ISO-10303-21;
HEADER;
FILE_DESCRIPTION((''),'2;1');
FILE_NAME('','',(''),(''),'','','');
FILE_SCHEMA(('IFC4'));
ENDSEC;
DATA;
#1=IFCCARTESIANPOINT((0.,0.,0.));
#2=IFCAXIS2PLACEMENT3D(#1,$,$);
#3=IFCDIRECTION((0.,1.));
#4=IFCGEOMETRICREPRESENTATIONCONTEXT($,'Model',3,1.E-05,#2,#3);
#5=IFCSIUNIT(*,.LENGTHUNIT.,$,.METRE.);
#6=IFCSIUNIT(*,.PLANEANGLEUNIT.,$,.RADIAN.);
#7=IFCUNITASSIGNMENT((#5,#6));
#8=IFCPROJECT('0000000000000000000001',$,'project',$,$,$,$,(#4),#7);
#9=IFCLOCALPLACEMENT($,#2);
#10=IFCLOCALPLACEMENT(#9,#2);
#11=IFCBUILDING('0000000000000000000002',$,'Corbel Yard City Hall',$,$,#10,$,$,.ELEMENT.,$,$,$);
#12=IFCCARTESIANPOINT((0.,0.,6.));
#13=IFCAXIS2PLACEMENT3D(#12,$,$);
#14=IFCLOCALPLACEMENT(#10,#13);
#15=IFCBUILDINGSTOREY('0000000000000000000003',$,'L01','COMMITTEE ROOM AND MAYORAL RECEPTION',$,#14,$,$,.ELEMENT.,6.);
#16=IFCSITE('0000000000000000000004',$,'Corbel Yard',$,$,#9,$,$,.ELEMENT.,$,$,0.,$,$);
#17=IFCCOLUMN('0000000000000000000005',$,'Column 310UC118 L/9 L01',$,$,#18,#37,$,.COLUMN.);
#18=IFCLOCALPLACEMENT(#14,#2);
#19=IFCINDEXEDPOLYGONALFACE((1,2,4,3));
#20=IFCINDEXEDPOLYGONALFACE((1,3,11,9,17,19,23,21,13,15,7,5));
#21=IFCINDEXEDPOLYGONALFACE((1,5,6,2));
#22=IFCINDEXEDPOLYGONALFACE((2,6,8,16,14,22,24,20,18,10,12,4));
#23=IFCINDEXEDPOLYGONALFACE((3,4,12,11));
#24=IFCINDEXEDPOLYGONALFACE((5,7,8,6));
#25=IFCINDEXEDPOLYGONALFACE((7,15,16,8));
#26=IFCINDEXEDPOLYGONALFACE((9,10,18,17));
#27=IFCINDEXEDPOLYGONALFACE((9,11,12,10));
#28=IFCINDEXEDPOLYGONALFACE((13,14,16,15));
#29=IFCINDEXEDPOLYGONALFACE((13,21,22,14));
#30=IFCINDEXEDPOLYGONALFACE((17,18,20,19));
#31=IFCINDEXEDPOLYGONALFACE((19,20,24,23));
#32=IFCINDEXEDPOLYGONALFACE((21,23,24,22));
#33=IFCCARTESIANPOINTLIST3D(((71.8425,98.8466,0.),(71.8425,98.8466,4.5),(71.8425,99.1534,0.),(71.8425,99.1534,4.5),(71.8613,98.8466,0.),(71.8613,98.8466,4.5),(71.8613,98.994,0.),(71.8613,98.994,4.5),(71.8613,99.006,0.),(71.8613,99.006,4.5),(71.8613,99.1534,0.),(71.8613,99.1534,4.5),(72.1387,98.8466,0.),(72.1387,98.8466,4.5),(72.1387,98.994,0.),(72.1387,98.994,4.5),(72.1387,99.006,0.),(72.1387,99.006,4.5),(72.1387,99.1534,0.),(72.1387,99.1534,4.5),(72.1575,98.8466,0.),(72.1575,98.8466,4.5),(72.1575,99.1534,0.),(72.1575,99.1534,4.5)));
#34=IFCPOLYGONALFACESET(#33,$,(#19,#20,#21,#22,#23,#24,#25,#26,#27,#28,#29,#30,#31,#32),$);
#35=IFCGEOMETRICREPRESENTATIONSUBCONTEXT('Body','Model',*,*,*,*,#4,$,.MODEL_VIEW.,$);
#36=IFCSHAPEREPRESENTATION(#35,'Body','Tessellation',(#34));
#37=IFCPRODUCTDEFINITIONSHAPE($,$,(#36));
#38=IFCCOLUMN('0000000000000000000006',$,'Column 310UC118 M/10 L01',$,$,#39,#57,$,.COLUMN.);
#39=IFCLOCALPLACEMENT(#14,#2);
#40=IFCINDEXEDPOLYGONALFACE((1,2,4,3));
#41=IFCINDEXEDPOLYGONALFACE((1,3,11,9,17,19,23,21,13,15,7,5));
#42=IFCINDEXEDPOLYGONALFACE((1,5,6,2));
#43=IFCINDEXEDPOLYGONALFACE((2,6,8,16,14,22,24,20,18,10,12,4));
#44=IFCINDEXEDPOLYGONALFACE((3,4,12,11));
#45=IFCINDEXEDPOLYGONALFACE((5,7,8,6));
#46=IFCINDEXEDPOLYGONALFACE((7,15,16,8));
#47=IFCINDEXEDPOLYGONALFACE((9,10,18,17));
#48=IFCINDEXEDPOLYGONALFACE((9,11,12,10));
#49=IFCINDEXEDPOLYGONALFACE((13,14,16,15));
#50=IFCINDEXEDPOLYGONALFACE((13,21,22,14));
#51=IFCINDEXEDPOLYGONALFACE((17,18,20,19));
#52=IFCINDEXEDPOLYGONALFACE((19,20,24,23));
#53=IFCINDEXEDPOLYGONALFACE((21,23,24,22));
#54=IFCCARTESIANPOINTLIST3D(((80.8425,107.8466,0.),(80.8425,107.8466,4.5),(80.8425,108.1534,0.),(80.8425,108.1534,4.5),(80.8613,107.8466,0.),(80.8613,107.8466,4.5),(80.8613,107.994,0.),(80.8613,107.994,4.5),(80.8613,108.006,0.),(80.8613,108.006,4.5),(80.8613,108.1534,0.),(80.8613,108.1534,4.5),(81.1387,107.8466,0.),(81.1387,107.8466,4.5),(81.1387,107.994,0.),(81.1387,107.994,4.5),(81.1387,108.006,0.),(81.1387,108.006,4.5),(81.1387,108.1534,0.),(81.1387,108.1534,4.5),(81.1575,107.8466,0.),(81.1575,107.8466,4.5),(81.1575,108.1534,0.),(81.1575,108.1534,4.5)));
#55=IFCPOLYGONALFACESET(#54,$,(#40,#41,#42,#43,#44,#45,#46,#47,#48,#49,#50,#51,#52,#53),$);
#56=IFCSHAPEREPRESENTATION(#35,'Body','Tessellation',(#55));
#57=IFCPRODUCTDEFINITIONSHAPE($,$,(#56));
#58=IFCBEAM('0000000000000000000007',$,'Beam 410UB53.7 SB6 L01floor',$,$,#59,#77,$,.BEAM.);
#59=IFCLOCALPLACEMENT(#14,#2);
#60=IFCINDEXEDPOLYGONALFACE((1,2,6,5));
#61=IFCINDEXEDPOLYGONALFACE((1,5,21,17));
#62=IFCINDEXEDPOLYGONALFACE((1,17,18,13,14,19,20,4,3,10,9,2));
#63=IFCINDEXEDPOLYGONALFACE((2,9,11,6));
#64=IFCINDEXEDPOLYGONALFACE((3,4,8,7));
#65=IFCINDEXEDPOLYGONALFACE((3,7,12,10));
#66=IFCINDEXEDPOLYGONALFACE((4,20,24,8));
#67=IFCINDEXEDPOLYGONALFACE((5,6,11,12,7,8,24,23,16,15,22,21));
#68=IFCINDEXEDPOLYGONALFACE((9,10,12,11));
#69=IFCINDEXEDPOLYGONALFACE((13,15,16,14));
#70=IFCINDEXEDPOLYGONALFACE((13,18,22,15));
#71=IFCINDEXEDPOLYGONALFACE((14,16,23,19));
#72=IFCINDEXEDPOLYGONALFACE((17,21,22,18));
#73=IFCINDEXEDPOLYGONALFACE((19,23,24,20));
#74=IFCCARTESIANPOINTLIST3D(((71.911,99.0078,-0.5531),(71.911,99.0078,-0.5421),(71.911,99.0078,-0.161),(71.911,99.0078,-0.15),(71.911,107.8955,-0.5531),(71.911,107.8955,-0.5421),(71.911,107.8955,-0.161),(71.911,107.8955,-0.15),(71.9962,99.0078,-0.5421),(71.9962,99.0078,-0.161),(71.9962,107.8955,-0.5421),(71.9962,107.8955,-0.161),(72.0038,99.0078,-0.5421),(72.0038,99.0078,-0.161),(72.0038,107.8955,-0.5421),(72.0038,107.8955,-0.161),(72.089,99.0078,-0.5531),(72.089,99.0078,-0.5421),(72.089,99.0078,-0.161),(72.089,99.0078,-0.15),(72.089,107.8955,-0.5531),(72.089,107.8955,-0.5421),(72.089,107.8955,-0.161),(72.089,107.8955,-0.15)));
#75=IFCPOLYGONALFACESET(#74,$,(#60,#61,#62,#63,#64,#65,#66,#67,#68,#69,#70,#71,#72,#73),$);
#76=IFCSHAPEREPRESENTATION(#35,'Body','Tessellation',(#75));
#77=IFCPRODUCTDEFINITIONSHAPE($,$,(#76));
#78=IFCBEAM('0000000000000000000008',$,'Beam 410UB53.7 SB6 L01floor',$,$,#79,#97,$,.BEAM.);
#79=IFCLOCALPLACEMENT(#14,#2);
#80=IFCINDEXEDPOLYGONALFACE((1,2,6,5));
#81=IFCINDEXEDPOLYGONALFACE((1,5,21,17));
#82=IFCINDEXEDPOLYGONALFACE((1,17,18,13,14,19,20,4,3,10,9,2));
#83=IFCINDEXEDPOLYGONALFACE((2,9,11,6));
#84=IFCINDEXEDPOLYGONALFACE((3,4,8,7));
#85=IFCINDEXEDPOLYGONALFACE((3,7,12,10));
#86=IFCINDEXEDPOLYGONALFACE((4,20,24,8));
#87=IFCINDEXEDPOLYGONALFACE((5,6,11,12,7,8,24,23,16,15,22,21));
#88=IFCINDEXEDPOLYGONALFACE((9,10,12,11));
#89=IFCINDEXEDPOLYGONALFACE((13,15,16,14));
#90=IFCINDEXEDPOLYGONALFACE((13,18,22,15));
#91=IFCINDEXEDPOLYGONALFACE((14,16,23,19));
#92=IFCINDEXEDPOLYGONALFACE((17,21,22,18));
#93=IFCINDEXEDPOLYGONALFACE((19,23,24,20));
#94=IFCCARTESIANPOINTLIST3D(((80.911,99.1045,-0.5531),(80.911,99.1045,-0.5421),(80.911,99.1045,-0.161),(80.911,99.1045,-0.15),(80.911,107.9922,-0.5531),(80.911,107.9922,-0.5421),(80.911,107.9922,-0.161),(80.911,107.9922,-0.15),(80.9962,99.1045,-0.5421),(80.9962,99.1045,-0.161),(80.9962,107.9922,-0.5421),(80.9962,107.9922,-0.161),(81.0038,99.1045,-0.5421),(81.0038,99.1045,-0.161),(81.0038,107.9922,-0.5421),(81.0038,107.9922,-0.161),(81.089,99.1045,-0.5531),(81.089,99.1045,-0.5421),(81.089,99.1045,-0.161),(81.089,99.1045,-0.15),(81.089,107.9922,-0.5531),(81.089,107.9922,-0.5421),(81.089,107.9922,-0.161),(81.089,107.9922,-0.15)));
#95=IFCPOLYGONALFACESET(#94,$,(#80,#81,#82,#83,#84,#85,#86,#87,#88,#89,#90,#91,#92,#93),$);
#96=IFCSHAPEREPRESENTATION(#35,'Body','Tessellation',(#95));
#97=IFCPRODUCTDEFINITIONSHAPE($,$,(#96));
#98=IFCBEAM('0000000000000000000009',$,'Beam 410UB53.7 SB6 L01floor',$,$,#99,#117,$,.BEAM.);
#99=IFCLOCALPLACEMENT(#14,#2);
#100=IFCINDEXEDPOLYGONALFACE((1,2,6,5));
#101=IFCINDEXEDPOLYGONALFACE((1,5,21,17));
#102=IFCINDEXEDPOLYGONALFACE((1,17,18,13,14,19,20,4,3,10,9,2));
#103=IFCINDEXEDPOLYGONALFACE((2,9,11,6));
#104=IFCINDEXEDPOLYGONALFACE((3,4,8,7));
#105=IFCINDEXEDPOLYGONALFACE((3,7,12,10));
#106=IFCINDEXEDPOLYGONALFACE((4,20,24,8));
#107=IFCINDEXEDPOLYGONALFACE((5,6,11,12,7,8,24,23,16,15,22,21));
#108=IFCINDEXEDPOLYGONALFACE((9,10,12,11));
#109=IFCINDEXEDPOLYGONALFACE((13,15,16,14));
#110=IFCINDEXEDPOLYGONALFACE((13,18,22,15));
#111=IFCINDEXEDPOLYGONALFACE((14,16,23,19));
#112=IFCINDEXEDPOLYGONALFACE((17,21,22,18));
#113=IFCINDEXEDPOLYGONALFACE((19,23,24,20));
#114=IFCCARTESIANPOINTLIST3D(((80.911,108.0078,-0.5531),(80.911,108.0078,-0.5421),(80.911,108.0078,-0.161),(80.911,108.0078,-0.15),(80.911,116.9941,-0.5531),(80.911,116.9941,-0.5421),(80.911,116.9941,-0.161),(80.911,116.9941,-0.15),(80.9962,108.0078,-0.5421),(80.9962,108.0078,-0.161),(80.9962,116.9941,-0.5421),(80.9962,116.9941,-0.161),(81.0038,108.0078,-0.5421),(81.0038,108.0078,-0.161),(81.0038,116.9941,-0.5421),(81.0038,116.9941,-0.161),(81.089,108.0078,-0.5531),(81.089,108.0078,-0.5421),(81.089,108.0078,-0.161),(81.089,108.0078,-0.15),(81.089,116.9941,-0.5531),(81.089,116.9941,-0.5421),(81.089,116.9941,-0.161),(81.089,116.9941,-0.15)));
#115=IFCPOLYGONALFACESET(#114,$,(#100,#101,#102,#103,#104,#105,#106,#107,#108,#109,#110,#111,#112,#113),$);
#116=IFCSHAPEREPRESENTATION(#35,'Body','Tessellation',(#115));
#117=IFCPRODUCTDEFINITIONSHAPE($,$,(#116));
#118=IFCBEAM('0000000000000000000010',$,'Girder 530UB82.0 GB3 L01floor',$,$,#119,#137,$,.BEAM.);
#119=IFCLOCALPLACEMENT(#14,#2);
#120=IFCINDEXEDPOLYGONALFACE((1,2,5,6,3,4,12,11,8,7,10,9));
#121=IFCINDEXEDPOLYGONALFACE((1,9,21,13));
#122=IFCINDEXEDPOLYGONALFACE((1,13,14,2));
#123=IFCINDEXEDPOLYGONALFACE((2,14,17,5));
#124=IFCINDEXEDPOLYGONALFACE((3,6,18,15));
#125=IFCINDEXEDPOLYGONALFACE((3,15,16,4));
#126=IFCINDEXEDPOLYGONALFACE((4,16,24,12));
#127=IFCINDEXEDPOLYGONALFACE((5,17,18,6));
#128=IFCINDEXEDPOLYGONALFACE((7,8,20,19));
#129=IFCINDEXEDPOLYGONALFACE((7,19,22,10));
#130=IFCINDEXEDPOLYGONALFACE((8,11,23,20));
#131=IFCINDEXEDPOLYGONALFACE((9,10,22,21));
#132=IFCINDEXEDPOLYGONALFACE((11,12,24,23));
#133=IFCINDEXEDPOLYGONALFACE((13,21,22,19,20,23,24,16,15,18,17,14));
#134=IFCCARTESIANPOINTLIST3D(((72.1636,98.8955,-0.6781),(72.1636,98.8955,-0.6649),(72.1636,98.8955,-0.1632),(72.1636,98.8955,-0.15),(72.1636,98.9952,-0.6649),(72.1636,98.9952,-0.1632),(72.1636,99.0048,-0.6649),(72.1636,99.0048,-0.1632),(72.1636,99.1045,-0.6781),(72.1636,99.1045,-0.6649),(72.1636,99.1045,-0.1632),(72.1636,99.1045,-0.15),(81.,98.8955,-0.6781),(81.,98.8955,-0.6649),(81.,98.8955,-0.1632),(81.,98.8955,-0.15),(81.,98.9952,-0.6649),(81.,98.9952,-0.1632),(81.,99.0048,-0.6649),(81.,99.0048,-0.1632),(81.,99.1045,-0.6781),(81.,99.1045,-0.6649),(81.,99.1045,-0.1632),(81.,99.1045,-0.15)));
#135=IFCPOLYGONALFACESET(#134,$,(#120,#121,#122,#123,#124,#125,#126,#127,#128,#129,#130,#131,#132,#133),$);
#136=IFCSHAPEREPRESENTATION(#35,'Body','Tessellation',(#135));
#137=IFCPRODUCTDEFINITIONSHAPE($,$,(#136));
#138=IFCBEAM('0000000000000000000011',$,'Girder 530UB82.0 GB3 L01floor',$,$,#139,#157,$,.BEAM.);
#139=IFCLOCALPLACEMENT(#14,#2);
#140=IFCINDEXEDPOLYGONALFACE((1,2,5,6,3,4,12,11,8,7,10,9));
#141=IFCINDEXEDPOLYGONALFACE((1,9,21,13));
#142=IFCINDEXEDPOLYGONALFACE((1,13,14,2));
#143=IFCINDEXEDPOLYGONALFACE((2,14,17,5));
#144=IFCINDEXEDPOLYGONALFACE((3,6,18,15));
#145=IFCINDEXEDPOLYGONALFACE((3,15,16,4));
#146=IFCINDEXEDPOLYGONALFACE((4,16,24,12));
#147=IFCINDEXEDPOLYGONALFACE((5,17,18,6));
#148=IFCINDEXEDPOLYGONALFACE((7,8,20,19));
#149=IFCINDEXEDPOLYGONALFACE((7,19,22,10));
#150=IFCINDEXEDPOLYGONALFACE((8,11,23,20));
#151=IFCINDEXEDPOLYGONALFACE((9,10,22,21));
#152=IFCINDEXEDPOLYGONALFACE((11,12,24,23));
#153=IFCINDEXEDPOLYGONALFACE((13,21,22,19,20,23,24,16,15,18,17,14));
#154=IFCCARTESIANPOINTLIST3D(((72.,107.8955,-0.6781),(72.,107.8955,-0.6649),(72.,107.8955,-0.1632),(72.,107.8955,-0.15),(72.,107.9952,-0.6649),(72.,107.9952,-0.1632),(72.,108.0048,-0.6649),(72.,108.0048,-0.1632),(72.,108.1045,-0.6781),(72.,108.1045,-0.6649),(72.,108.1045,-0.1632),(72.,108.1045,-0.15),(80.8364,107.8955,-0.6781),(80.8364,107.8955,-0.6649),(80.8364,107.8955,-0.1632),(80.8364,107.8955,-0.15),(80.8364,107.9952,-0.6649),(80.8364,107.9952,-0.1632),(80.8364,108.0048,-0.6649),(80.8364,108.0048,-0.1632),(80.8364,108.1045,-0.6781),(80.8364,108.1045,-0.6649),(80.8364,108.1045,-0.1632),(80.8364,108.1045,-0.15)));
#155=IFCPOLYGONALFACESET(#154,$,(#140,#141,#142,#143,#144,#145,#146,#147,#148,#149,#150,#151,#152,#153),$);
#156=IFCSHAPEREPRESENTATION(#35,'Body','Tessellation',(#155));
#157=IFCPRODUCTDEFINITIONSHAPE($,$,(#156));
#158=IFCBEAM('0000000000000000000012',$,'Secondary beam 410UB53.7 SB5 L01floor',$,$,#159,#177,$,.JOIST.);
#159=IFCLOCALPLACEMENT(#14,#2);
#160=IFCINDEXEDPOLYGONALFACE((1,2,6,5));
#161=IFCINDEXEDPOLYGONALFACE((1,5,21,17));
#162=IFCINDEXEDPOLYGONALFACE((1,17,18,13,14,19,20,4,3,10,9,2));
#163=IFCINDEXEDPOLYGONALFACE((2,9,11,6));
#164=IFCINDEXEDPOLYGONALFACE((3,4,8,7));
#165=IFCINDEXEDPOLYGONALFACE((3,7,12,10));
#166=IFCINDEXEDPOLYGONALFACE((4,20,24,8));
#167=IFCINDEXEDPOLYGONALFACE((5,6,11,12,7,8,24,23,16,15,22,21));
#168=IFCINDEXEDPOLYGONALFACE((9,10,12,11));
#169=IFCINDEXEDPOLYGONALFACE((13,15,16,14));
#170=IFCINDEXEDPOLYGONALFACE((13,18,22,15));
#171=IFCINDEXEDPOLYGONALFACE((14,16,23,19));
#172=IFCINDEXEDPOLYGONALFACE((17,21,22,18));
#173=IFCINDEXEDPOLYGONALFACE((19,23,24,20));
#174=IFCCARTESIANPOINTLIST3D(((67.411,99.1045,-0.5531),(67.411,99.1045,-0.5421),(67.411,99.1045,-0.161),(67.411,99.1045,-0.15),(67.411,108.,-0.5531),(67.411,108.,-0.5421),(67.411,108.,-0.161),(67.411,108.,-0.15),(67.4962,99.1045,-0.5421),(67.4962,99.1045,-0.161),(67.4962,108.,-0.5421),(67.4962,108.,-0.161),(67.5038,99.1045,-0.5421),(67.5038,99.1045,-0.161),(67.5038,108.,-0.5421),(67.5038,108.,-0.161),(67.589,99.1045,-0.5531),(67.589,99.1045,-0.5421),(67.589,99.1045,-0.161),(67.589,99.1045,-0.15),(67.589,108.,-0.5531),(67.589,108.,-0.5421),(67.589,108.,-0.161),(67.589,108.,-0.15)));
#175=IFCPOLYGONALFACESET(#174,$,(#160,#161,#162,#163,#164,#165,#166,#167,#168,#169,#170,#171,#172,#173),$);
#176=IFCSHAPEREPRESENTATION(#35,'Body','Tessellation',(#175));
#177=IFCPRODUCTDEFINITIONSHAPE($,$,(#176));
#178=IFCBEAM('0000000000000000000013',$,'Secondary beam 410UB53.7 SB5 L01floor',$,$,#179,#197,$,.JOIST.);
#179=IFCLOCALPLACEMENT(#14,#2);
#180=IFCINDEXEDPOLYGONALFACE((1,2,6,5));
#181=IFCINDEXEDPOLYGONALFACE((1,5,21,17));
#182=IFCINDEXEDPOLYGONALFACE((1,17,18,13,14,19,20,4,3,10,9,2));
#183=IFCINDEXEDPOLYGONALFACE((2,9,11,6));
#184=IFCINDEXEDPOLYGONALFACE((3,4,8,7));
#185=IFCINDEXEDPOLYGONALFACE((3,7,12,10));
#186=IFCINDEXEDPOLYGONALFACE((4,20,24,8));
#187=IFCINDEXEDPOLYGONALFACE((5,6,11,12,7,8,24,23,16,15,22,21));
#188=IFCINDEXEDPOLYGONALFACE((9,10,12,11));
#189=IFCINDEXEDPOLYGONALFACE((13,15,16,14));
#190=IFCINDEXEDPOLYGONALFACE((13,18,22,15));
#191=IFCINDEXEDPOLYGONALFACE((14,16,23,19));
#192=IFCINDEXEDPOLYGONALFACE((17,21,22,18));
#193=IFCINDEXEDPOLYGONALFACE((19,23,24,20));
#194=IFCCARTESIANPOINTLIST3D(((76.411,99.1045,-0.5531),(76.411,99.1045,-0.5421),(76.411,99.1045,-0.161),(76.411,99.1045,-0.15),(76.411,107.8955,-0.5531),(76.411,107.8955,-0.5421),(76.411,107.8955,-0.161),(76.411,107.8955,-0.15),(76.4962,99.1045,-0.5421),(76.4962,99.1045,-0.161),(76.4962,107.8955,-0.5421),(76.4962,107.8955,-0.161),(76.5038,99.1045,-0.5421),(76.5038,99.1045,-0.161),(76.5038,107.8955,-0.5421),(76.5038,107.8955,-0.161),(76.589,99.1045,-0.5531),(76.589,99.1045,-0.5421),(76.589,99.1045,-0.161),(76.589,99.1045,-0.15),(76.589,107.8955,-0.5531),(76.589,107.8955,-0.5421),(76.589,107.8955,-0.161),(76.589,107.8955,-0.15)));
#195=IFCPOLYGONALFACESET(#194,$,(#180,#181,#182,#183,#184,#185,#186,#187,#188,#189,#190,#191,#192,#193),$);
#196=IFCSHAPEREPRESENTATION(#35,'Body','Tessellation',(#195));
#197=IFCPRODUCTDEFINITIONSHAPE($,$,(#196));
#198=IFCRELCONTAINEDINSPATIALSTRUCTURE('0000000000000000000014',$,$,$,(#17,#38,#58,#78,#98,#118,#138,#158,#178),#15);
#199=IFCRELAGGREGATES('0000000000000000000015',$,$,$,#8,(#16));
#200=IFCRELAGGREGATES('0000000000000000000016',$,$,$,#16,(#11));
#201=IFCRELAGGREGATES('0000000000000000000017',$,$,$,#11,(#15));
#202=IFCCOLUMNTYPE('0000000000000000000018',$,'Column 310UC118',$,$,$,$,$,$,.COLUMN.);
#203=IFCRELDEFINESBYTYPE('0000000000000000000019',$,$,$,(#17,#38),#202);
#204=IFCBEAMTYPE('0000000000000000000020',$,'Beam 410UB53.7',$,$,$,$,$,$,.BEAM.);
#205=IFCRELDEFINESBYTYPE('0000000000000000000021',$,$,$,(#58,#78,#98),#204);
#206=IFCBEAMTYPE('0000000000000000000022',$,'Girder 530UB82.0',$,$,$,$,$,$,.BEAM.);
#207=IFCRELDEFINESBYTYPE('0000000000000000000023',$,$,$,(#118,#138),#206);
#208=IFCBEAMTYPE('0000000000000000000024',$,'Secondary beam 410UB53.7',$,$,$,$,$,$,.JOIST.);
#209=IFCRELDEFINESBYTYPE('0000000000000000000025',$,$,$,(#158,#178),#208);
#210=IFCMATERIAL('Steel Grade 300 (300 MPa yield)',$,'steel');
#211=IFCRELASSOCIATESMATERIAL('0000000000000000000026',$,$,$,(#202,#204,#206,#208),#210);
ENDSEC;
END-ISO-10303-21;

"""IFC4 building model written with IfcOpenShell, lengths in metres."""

from ifc_helpers import new_model, si_unit, direction, frame, origin, origin_2d, place, context, subcontext, project, spatial, i_section, extrude, material, material_profile, profile_set, type_object, element, save


model = new_model("IFC4")

# Units and contexts
model_context = context("Model", 3, precision=1e-05, world=origin(), true_north=direction((0.0, 1.0)))
body_context = subcontext(model_context, "Body", "Model", "MODEL_VIEW")
ifc_project = project(units=[si_unit("LENGTHUNIT", "METRE"), si_unit("PLANEANGLEUNIT", "RADIAN")], contexts=[model_context])

# Site, building, storey
site_placement = place(None, origin())
site = spatial("IfcSite", under=ifc_project, at=site_placement, Name="Corbel Yard", CompositionType="ELEMENT", RefElevation=0.0)
building_placement = place(site_placement, origin())
building = spatial("IfcBuilding", under=site, at=building_placement, Name="Corbel Yard City Hall", CompositionType="ELEMENT")
storey_placement = place(building_placement, frame((0.0, 0.0, 6.0)))
storey = spatial("IfcBuildingStorey", under=building, at=storey_placement, Name="L01", Description="COMMITTEE ROOM AND MAYORAL RECEPTION", CompositionType="ELEMENT", Elevation=6.0)

# Columns
ifc_material_1 = material(Name="Steel Grade 300 (300 MPa yield)", Category="steel")
ifc_material_profile_1 = material_profile(ifc_material_1, i_section(OverallWidth=0.3069, OverallDepth=0.3149, WebThickness=0.012, FlangeThickness=0.0188, at=origin_2d()), Name="310UC118")
ifc_profile_set_1 = profile_set([ifc_material_profile_1], Name="Steel Grade 300 (300 MPa yield)")
column_type = type_object("IfcColumnType", Name="Column 310UC118", PredefinedType="COLUMN", material=ifc_profile_set_1)
for number, where, z_axis, x_axis, name in (
    (1, (72.0, 99.0, 0.0), (0.0, 0.0, 1.0), (0.0, 1.0, 0.0), "Column 310UC118 L/9 L01"),
    (2, (81.0, 108.0, 0.0), (0.0, 0.0, 1.0), (0.0, 1.0, 0.0), "Column 310UC118 M/10 L01"),
):
    element("IfcColumn", number, at=place(storey_placement, frame(where, z_axis=z_axis, x_axis=x_axis)), inside=storey, type_object=column_type, Name=name, PredefinedType="COLUMN", context=body_context, shape_type="SweptSolid", body=[
        extrude(i_section(OverallWidth=0.3069, OverallDepth=0.3149, WebThickness=0.012, FlangeThickness=0.0188, at=origin_2d()), origin(), (0.0, 0.0, 1.0), 4.5),
    ])

# Beams
ifc_material_profile_2 = material_profile(ifc_material_1, i_section(OverallWidth=0.178, OverallDepth=0.4031, WebThickness=0.0076, FlangeThickness=0.011, at=origin_2d()), Name="410UB53.7")
ifc_profile_set_2 = profile_set([ifc_material_profile_2], Name="Steel Grade 300 (300 MPa yield)")
beam_type_1 = type_object("IfcBeamType", Name="Beam 410UB53.7", PredefinedType="BEAM", material=ifc_profile_set_2)
for number, where, z_axis, x_axis, name in (
    (3, (72.0, 99.0078, -0.3516), (0.0, 1.0, 0.0), (-1.0, 0.0, 0.0), "Beam 410UB53.7 SB6 L01floor"),
    (4, (81.0, 99.1045, -0.3516), (0.0, 1.0, 0.0), (-1.0, 0.0, 0.0), "Beam 410UB53.7 SB6 L01floor"),
):
    element("IfcBeam", number, at=place(storey_placement, frame(where, z_axis=z_axis, x_axis=x_axis)), inside=storey, type_object=beam_type_1, Name=name, PredefinedType="BEAM", context=body_context, shape_type="SweptSolid", body=[
        extrude(i_section(OverallWidth=0.178, OverallDepth=0.4031, WebThickness=0.0076, FlangeThickness=0.011, at=origin_2d()), origin(), (0.0, 0.0, 1.0), 8.8877),
    ])
beam_1_placement = place(storey_placement, frame((81.0, 108.0078, -0.3516), z_axis=(0.0, 1.0, 0.0), x_axis=(-1.0, 0.0, 0.0)))
element("IfcBeam", 5, at=beam_1_placement, inside=storey, type_object=beam_type_1, Name="Beam 410UB53.7 SB6 L01floor", PredefinedType="BEAM", context=body_context, shape_type="SweptSolid", body=[
    extrude(i_section(OverallWidth=0.178, OverallDepth=0.4031, WebThickness=0.0076, FlangeThickness=0.011, at=origin_2d()), origin(), (0.0, 0.0, 1.0), 8.9863),
])
ifc_material_profile_3 = material_profile(ifc_material_1, i_section(OverallWidth=0.209, OverallDepth=0.5281, WebThickness=0.0095, FlangeThickness=0.0132, at=origin_2d()), Name="530UB82.0")
ifc_profile_set_3 = profile_set([ifc_material_profile_3], Name="Steel Grade 300 (300 MPa yield)")
beam_type_2 = type_object("IfcBeamType", Name="Girder 530UB82.0", PredefinedType="BEAM", material=ifc_profile_set_3)
for number, where, z_axis, x_axis, name in (
    (6, (72.1636, 99.0, -0.4141), (1.0, 0.0, 0.0), (0.0, 1.0, 0.0), "Girder 530UB82.0 GB3 L01floor"),
    (7, (72.0, 108.0, -0.4141), (1.0, 0.0, 0.0), (0.0, 1.0, 0.0), "Girder 530UB82.0 GB3 L01floor"),
):
    element("IfcBeam", number, at=place(storey_placement, frame(where, z_axis=z_axis, x_axis=x_axis)), inside=storey, type_object=beam_type_2, Name=name, PredefinedType="BEAM", context=body_context, shape_type="SweptSolid", body=[
        extrude(i_section(OverallWidth=0.209, OverallDepth=0.5281, WebThickness=0.0095, FlangeThickness=0.0132, at=origin_2d()), origin(), (0.0, 0.0, 1.0), 8.8364),
    ])
ifc_material_profile_4 = material_profile(ifc_material_1, i_section(OverallWidth=0.178, OverallDepth=0.4031, WebThickness=0.0076, FlangeThickness=0.011, at=origin_2d()), Name="410UB53.7")
ifc_profile_set_4 = profile_set([ifc_material_profile_4], Name="Steel Grade 300 (300 MPa yield)")
beam_type_3 = type_object("IfcBeamType", Name="Secondary beam 410UB53.7", PredefinedType="JOIST", material=ifc_profile_set_4)
beam_2_placement = place(storey_placement, frame((67.5, 99.1045, -0.3516), z_axis=(0.0, 1.0, 0.0), x_axis=(-1.0, 0.0, 0.0)))
element("IfcBeam", 8, at=beam_2_placement, inside=storey, type_object=beam_type_3, Name="Secondary beam 410UB53.7 SB5 L01floor", PredefinedType="JOIST", context=body_context, shape_type="SweptSolid", body=[
    extrude(i_section(OverallWidth=0.178, OverallDepth=0.4031, WebThickness=0.0076, FlangeThickness=0.011, at=origin_2d()), origin(), (0.0, 0.0, 1.0), 8.8955),
])
beam_3_placement = place(storey_placement, frame((76.5, 99.1045, -0.3516), z_axis=(0.0, 1.0, 0.0), x_axis=(-1.0, 0.0, 0.0)))
element("IfcBeam", 9, at=beam_3_placement, inside=storey, type_object=beam_type_3, Name="Secondary beam 410UB53.7 SB5 L01floor", PredefinedType="JOIST", context=body_context, shape_type="SweptSolid", body=[
    extrude(i_section(OverallWidth=0.178, OverallDepth=0.4031, WebThickness=0.0076, FlangeThickness=0.011, at=origin_2d()), origin(), (0.0, 0.0, 1.0), 8.791),
])

save(model, "model.ifc")
